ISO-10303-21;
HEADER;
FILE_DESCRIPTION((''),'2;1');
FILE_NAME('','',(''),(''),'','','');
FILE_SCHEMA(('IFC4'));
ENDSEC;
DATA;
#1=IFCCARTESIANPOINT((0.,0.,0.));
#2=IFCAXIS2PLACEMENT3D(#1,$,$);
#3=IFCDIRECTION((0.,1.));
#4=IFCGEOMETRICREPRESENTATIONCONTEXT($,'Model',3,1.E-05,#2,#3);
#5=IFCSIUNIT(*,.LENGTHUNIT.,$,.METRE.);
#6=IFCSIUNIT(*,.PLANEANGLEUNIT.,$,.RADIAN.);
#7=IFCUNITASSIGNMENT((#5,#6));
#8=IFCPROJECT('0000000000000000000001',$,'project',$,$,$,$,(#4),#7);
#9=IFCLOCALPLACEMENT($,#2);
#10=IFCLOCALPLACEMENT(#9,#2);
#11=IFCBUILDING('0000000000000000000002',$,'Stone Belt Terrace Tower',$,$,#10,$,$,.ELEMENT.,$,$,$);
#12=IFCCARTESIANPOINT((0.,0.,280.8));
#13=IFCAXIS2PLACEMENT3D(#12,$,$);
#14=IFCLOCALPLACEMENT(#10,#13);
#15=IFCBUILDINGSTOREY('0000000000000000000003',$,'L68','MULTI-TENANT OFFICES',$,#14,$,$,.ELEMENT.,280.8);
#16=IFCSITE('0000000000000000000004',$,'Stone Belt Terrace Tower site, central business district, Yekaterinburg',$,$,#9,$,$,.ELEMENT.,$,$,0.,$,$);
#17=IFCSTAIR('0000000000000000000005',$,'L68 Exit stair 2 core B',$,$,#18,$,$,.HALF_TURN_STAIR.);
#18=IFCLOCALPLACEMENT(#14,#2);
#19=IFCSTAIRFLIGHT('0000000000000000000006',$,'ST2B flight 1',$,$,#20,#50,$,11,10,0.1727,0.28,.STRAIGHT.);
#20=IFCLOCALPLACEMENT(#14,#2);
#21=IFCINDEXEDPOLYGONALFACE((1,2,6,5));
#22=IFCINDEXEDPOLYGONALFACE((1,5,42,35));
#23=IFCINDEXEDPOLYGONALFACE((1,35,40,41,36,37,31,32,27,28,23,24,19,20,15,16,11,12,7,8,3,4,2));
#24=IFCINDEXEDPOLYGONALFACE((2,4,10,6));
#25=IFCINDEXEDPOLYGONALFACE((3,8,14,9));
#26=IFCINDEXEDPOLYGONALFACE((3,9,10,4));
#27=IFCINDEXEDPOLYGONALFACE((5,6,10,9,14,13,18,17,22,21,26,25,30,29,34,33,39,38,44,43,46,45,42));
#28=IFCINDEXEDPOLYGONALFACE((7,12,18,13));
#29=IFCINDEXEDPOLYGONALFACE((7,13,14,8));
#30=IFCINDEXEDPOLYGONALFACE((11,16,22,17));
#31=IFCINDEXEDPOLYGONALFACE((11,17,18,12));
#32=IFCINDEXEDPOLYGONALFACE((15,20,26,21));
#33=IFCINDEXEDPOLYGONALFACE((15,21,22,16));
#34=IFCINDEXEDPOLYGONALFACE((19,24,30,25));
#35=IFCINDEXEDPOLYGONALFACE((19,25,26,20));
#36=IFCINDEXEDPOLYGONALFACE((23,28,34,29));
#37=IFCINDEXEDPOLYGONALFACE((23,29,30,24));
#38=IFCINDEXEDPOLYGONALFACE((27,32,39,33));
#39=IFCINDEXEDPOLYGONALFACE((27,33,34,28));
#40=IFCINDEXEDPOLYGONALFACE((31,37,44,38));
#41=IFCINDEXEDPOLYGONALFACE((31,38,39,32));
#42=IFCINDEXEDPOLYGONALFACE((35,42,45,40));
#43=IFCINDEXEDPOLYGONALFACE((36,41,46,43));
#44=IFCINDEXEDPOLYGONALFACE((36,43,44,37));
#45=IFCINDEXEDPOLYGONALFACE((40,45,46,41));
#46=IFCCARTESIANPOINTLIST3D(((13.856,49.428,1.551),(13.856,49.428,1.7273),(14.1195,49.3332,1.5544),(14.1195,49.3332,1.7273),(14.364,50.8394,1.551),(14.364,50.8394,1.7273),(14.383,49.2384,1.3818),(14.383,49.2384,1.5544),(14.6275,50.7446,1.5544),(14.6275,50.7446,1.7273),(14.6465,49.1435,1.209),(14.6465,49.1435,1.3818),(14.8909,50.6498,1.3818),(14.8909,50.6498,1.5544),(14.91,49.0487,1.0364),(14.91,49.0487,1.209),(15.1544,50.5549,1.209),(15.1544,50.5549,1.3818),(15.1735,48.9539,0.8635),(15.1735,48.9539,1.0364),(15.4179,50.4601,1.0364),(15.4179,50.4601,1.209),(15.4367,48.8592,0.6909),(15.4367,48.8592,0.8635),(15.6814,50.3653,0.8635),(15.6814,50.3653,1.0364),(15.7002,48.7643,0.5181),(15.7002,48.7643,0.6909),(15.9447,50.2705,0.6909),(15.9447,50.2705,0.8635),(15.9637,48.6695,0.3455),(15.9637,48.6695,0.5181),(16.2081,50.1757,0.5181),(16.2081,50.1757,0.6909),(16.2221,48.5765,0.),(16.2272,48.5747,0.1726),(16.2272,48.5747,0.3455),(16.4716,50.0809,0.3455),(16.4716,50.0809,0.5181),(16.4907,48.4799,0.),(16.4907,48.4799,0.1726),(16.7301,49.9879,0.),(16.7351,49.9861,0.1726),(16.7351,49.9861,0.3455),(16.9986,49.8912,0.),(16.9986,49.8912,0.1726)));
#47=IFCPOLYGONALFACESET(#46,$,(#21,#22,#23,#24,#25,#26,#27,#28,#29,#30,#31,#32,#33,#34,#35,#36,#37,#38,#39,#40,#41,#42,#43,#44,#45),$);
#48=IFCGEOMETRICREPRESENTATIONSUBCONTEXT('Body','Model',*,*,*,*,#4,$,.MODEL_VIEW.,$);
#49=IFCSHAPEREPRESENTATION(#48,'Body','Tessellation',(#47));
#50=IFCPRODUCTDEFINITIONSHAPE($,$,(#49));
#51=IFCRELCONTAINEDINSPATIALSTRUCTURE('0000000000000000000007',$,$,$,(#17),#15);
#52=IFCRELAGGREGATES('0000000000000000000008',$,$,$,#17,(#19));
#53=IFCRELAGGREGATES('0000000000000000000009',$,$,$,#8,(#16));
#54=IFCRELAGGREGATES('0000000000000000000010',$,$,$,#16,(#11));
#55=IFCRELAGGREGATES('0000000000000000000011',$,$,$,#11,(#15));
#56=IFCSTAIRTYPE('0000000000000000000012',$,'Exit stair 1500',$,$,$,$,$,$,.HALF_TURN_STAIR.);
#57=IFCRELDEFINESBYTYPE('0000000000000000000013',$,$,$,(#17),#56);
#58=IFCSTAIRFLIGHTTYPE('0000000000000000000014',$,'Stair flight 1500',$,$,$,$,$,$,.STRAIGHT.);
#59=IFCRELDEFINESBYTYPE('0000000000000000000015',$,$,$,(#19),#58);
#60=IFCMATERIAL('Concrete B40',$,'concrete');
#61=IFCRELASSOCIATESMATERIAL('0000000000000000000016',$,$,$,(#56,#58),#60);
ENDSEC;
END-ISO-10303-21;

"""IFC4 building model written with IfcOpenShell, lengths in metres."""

from ifc_helpers import new_model, si_unit, direction, frame, origin, place, context, subcontext, project, spatial, polyline, outline, extrude, material, type_object, element, aggregate, save


model = new_model("IFC4")

# Units and contexts
model_context = context("Model", 3, precision=1e-05, world=origin(), true_north=direction((0.0, 1.0)))
body_context = subcontext(model_context, "Body", "Model", "MODEL_VIEW")
ifc_project = project(units=[si_unit("LENGTHUNIT", "METRE"), si_unit("PLANEANGLEUNIT", "RADIAN")], contexts=[model_context])

# Site, building, storey
site_placement = place(None, origin())
site = spatial("IfcSite", under=ifc_project, at=site_placement, Name="Stone Belt Terrace Tower site, central business district, Yekaterinburg", CompositionType="ELEMENT", RefElevation=0.0)
building_placement = place(site_placement, origin())
building = spatial("IfcBuilding", under=site, at=building_placement, Name="Stone Belt Terrace Tower", CompositionType="ELEMENT")
storey_placement = place(building_placement, frame((0.0, 0.0, 280.8)))
storey = spatial("IfcBuildingStorey", under=building, at=storey_placement, Name="L68", Description="MULTI-TENANT OFFICES", CompositionType="ELEMENT", Elevation=280.8)

# Shared definitions
ifc_material_1 = material(Name="Concrete B40", Category="concrete")
stair_type = type_object("IfcStairType", Name="Exit stair 1500", PredefinedType="HALF_TURN_STAIR", material=ifc_material_1)
stair_flight_type = type_object("IfcStairFlightType", Name="Stair flight 1500", PredefinedType="STRAIGHT", material=ifc_material_1)

# Stair, stair flight
stair_1_placement = place(storey_placement, origin())
stair_1 = element("IfcStair", 1, at=stair_1_placement, inside=storey, type_object=stair_type, Name="L68 Exit stair 2 core B", PredefinedType="HALF_TURN_STAIR")
stair_flight_1_placement = place(storey_placement, frame((16.7446, 49.1855, 0.0), z_axis=(0.0, 0.0, 1.0), x_axis=(-0.940922, 0.338624, 0.0)))
stair_flight_1 = element("IfcStairFlight", 2, at=stair_flight_1_placement, type_object=stair_flight_type, Name="ST2B flight 1", NumberOfRisers=11, NumberOfTreads=10, PredefinedType="STRAIGHT", RiserHeight=0.1727, TreadLength=0.28, context=body_context, shape_type="SweptSolid", body=[
    extrude(outline(polyline([(0.0, 0.0), (0.0, 0.1726), (0.28, 0.1726), (0.28, 0.3455), (0.5601, 0.3455), (0.5601, 0.5181), (0.8401, 0.5181), (0.8401, 0.6909), (1.1201, 0.6909), (1.1201, 0.8635), (1.3999, 0.8635), (1.3999, 1.0364), (1.6799, 1.0364), (1.6799, 1.209), (1.96, 1.209), (1.96, 1.3818), (2.24, 1.3818), (2.24, 1.5544), (2.52, 1.5544), (2.52, 1.7273), (2.8, 1.7273), (2.8, 1.8999), (2.8, 1.551), (0.2854, 0.0), (0.0, 0.0)])), frame((0.0, 0.75, 0.0), z_axis=(0.0, -1.0, 0.0), x_axis=(1.0, 0.0, 0.0)), (0.0, 0.0, 1.0), 1.5),
])
aggregate(stair_1, [stair_flight_1])

save(model, "model.ifc")
